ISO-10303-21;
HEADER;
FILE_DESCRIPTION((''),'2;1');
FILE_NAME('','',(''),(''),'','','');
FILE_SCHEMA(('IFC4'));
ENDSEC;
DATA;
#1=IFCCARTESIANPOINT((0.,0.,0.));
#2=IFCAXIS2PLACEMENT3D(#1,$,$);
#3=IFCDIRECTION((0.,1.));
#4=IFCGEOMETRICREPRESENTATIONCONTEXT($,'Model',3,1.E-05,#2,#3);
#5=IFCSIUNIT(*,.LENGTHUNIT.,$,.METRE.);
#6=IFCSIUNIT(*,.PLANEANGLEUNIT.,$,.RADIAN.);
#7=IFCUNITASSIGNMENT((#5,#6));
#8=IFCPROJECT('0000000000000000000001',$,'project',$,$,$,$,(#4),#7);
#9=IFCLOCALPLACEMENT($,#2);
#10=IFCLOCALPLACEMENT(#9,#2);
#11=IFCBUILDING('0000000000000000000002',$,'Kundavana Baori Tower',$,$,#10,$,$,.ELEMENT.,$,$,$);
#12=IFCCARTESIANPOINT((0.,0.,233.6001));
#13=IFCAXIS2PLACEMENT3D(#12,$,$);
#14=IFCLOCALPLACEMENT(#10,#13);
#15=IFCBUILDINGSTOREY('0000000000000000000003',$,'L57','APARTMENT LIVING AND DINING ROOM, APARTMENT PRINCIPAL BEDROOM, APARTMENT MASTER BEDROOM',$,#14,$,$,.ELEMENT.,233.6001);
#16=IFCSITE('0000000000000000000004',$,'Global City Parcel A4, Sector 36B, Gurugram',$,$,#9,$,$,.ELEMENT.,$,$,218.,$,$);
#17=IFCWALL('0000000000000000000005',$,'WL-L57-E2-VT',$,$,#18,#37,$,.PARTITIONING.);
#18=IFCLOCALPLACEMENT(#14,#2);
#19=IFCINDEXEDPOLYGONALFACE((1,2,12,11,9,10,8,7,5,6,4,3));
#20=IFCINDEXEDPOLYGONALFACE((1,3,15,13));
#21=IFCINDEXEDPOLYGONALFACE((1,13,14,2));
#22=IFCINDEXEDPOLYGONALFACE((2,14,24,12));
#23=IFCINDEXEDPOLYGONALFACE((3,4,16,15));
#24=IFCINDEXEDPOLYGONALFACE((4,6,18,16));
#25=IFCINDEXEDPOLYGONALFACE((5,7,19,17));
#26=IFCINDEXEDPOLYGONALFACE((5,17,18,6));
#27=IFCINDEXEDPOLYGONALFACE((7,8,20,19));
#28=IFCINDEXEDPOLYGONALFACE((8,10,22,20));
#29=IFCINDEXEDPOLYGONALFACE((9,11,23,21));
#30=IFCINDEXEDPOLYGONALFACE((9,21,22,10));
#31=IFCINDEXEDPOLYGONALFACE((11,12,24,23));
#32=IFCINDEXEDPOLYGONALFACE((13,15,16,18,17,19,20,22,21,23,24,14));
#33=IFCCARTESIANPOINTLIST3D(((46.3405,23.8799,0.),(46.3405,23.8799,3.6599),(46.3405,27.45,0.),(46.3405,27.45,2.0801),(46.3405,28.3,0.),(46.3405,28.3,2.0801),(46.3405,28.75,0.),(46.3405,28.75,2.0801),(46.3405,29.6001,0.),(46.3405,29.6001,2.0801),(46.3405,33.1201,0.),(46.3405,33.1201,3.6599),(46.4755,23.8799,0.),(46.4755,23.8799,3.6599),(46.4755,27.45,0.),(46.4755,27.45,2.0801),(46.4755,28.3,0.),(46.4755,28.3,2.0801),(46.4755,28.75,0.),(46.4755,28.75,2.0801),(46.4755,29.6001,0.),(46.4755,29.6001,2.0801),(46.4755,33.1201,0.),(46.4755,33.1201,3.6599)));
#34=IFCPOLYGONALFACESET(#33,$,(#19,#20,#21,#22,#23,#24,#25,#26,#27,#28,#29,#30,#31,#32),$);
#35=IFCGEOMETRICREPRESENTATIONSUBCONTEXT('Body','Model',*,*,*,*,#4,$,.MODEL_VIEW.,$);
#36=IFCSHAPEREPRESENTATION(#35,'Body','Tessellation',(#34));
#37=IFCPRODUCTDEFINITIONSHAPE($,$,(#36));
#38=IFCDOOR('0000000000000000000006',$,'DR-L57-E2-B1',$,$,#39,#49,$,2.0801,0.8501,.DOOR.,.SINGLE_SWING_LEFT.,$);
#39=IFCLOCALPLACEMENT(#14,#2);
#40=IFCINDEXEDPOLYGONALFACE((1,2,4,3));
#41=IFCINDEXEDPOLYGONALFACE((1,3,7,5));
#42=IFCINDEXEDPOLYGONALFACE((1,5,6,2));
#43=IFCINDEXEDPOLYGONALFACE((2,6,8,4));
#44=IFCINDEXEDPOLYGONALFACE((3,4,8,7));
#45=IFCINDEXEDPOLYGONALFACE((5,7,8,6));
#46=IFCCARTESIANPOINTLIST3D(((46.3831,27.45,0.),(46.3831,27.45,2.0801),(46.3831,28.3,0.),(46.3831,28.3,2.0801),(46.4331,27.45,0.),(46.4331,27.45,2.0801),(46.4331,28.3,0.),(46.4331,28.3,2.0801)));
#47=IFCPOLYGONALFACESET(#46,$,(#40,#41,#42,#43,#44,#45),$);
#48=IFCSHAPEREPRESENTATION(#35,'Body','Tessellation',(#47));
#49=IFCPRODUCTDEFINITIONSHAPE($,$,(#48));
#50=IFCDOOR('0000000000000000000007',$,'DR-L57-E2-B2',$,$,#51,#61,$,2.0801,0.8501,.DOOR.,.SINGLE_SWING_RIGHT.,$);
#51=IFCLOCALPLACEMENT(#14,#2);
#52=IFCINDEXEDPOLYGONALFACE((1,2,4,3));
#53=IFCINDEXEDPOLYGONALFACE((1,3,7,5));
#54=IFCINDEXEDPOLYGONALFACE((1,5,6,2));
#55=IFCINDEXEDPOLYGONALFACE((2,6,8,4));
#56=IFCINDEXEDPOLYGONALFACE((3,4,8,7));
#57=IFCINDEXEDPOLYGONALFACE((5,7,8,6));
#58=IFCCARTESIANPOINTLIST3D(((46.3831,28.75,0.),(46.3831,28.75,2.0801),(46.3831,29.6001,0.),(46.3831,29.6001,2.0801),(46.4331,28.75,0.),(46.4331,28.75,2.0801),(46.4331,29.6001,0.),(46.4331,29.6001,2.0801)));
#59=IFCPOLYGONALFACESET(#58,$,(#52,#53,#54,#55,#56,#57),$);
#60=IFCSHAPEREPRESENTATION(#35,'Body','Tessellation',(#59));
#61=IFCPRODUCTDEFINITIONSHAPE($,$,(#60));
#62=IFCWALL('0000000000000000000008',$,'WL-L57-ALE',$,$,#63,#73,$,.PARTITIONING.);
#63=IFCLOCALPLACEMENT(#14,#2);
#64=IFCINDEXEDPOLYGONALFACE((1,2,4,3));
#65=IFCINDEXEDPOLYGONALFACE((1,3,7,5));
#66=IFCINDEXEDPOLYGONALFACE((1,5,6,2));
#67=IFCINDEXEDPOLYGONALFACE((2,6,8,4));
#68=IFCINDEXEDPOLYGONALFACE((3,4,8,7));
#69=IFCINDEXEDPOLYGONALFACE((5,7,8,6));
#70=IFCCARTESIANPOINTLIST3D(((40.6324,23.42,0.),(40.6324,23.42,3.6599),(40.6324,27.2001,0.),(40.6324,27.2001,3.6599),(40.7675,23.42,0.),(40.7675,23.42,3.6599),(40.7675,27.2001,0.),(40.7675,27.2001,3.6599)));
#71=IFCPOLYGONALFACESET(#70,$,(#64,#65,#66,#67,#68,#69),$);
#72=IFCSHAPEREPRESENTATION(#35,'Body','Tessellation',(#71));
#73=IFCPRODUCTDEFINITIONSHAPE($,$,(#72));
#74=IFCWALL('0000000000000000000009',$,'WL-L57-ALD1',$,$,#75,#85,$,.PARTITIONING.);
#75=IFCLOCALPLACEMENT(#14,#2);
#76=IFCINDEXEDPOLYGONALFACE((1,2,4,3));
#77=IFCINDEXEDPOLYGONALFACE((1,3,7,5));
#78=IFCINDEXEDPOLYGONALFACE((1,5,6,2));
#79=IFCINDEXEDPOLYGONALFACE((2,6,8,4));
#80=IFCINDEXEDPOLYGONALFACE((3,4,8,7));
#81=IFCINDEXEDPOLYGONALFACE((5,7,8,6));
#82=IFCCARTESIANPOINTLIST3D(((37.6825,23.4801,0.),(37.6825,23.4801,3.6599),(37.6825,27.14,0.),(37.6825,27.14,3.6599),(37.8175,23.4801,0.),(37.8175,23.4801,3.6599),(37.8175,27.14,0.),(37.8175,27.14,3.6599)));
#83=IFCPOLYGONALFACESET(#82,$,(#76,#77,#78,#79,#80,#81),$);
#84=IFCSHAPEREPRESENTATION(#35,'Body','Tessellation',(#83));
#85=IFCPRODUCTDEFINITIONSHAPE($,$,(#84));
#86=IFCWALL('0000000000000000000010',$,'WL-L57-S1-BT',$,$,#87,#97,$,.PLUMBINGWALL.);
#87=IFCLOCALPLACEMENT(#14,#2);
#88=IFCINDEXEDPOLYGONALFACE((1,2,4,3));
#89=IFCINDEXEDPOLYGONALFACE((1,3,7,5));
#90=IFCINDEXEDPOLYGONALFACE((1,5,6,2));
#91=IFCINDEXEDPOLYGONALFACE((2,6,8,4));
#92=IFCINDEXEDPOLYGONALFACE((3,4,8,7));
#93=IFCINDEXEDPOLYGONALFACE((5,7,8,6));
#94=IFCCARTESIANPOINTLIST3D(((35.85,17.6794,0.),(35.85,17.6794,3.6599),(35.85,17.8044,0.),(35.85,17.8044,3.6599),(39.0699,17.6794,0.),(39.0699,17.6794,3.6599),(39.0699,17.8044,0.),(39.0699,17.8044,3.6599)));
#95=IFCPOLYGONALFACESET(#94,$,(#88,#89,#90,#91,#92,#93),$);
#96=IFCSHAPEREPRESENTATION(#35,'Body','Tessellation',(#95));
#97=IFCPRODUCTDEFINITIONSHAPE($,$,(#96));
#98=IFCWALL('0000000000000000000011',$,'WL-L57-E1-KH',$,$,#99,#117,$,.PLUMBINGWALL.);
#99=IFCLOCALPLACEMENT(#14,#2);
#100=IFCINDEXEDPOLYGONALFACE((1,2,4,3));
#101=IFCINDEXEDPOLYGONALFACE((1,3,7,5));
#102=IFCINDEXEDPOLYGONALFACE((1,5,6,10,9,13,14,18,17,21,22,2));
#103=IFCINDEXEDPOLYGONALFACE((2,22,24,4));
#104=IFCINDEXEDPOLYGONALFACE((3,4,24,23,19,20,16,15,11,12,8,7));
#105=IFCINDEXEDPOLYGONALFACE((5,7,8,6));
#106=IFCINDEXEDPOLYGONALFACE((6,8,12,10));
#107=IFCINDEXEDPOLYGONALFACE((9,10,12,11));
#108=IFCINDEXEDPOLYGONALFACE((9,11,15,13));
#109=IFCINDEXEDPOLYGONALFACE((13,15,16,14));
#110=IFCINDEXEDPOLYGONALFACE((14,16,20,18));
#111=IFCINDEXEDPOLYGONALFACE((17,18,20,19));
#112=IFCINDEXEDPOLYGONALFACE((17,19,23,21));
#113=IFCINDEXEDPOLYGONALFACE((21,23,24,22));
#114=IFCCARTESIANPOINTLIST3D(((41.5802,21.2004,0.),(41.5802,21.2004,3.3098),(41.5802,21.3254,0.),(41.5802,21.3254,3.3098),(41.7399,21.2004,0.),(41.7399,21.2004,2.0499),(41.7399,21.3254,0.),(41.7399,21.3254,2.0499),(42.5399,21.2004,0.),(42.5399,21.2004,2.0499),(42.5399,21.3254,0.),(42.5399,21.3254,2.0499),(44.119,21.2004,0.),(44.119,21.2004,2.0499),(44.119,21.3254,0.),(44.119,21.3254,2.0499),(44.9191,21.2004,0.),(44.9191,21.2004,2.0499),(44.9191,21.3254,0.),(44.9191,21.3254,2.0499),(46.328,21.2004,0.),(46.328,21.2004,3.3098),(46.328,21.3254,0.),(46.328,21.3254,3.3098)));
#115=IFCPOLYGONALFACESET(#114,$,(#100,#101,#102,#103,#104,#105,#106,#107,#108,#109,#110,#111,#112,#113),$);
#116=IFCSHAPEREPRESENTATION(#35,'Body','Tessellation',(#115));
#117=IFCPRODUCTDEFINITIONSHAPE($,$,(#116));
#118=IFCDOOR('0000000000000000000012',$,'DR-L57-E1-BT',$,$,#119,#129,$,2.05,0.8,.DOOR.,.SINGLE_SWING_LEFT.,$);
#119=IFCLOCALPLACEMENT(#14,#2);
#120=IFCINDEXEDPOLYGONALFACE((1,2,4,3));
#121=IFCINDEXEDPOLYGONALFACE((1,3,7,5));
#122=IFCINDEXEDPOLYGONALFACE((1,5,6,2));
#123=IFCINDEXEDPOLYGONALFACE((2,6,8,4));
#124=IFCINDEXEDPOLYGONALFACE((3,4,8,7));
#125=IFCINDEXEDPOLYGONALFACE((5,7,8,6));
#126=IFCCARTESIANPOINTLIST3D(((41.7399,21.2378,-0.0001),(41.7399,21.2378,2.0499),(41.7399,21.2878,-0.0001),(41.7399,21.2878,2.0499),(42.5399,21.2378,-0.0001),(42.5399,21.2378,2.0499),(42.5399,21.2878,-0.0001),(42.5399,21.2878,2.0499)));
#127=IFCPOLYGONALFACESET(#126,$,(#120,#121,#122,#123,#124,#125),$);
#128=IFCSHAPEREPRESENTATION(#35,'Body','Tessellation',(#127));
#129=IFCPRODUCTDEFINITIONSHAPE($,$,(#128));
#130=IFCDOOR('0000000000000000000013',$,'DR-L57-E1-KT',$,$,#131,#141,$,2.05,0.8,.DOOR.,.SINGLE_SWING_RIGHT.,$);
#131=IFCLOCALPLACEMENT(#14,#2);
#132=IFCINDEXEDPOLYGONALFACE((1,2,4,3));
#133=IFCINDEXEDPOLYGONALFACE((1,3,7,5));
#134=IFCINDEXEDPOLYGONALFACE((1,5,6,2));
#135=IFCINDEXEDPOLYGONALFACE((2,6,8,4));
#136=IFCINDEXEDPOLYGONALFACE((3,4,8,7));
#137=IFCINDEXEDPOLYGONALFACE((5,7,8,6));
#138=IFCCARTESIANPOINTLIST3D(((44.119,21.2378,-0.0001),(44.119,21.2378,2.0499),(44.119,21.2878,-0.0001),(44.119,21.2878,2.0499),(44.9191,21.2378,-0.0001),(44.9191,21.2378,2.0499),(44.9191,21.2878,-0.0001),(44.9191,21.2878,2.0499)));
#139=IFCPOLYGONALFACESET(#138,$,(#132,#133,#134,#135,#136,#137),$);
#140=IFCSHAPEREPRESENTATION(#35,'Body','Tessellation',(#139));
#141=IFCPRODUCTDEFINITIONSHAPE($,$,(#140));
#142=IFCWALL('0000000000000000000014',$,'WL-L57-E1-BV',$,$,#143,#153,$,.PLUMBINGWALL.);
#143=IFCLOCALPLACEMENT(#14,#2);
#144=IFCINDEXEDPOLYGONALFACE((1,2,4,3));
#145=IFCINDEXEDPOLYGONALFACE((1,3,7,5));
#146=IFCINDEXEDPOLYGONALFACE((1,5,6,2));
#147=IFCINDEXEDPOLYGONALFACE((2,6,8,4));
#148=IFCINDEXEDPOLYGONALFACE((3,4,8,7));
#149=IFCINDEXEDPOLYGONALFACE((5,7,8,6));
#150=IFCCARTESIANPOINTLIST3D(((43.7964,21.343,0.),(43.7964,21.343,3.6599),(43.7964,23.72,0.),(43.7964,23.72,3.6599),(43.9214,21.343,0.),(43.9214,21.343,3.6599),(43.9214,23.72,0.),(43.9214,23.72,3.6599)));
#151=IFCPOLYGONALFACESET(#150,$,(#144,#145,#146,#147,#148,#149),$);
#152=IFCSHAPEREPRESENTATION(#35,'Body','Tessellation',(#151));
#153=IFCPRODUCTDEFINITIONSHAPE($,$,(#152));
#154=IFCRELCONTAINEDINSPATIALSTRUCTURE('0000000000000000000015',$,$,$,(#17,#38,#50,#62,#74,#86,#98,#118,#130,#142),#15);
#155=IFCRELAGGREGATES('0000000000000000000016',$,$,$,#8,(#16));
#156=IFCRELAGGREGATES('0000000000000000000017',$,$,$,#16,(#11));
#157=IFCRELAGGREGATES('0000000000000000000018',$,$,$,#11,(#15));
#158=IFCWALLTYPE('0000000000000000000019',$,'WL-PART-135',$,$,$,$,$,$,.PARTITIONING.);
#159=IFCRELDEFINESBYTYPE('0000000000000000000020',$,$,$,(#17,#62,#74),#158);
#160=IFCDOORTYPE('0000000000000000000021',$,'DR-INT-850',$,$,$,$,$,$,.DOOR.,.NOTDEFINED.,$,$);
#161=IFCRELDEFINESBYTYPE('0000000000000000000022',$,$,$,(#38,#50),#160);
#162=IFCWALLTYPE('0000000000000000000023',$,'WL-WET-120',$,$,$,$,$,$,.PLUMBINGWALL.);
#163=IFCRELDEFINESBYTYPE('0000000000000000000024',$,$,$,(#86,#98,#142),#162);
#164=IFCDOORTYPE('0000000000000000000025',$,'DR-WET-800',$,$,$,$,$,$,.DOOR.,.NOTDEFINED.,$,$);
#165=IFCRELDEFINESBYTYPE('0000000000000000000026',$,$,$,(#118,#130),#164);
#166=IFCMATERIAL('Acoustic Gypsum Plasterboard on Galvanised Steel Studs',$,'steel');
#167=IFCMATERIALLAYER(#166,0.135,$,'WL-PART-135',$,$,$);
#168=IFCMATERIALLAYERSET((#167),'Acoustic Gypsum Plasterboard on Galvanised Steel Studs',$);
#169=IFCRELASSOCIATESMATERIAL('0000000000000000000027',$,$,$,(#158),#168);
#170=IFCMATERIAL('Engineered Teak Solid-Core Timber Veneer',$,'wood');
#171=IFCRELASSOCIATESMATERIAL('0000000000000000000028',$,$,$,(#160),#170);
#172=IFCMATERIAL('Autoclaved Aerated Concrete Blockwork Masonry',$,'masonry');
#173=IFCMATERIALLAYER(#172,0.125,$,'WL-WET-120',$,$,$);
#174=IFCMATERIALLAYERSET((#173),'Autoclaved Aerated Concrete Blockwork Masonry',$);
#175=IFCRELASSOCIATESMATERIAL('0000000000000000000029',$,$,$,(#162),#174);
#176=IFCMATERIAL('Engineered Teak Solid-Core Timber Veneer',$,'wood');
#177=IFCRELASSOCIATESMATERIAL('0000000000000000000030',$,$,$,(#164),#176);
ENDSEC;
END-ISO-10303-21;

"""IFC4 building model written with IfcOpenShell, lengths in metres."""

from ifc_helpers import new_model, si_unit, direction, frame, frame_2d, origin, place, context, subcontext, project, spatial, rectangle, extrude, material, layer, layer_set, type_object, element, fill, save


model = new_model("IFC4")

# Units and contexts
model_context = context("Model", 3, precision=1e-05, world=origin(), true_north=direction((0.0, 1.0)))
body_context = subcontext(model_context, "Body", "Model", "MODEL_VIEW")
ifc_project = project(units=[si_unit("LENGTHUNIT", "METRE"), si_unit("PLANEANGLEUNIT", "RADIAN")], contexts=[model_context])

# Site, building, storey
site_placement = place(None, origin())
site = spatial("IfcSite", under=ifc_project, at=site_placement, Name="Global City Parcel A4, Sector 36B, Gurugram", CompositionType="ELEMENT", RefElevation=218.0)
building_placement = place(site_placement, origin())
building = spatial("IfcBuilding", under=site, at=building_placement, Name="Kundavana Baori Tower", CompositionType="ELEMENT")
storey_placement = place(building_placement, frame((0.0, 0.0, 233.6001)))
storey = spatial("IfcBuildingStorey", under=building, at=storey_placement, Name="L57", Description="APARTMENT LIVING AND DINING ROOM, APARTMENT PRINCIPAL BEDROOM, APARTMENT MASTER BEDROOM", CompositionType="ELEMENT", Elevation=233.6001)

# Shared definitions
ifc_material_1 = material(Name="Acoustic Gypsum Plasterboard on Galvanised Steel Studs", Category="steel")
ifc_layer_1 = layer(ifc_material_1, 0.135, Name="WL-PART-135")
ifc_layer_set_1 = layer_set([ifc_layer_1], Name="Acoustic Gypsum Plasterboard on Galvanised Steel Studs")
wall_type_1 = type_object("IfcWallType", Name="WL-PART-135", PredefinedType="PARTITIONING", material=ifc_layer_set_1)

# Shared definitions
ifc_material_2 = material(Name="Engineered Teak Solid-Core Timber Veneer", Category="wood")
door_type_1 = type_object("IfcDoorType", Name="DR-INT-850", OperationType="NOTDEFINED", PredefinedType="DOOR", material=ifc_material_2)

# Wall, openings, doors
wall_1_placement = place(storey_placement, frame((46.408, 23.8799, 0.0), z_axis=(0.0, 0.0, 1.0), x_axis=(0.0, 1.0, 0.0)))
wall_1 = element("IfcWall", 1, at=wall_1_placement, inside=storey, type_object=wall_type_1, Name="WL-L57-E2-VT", PredefinedType="PARTITIONING", context=body_context, shape_type="SweptSolid", body=[
    extrude(rectangle(XDim=9.2402, YDim=0.135, at=frame_2d((4.6201, 0.0))), origin(), (0.0, 0.0, 1.0), 3.6599),
])
opening_1_placement = place(wall_1_placement, frame((3.5701, 0.0, 0.0)))
opening_1 = element("IfcOpeningElement", 2, at=opening_1_placement, cuts=wall_1, PredefinedType="OPENING", context=body_context, shape_type="SweptSolid", body=[
    extrude(rectangle(XDim=0.8501, YDim=2.0801, at=frame_2d((0.425, 1.04))), frame((0.0, 0.0776, 0.0), z_axis=(0.0, -1.0, 0.0), x_axis=(1.0, 0.0, 0.0)), (0.0, 0.0, 1.0), 0.155),
])
opening_2_placement = place(wall_1_placement, frame((4.8701, 0.0, 0.0)))
opening_2 = element("IfcOpeningElement", 3, at=opening_2_placement, cuts=wall_1, PredefinedType="OPENING", context=body_context, shape_type="SweptSolid", body=[
    extrude(rectangle(XDim=0.8501, YDim=2.0801, at=frame_2d((0.425, 1.04))), frame((0.0, 0.0776, 0.0), z_axis=(0.0, -1.0, 0.0), x_axis=(1.0, 0.0, 0.0)), (0.0, 0.0, 1.0), 0.155),
])
door_1_placement = place(opening_1_placement, origin())
door_1 = element("IfcDoor", 4, at=door_1_placement, inside=storey, type_object=door_type_1, Name="DR-L57-E2-B1", OperationType="SINGLE_SWING_LEFT", OverallHeight=2.0801, OverallWidth=0.8501, PredefinedType="DOOR", context=body_context, shape_type="SweptSolid", body=[
    extrude(rectangle(XDim=0.8501, YDim=2.0801, at=frame_2d((0.425, 1.04))), frame((0.0, 0.0249, 0.0), z_axis=(0.0, -1.0, 0.0), x_axis=(1.0, 0.0, 0.0)), (0.0, 0.0, 1.0), 0.05),
])
fill(opening_1, door_1)
door_2_placement = place(opening_2_placement, origin())
door_2 = element("IfcDoor", 5, at=door_2_placement, inside=storey, type_object=door_type_1, Name="DR-L57-E2-B2", OperationType="SINGLE_SWING_RIGHT", OverallHeight=2.0801, OverallWidth=0.8501, PredefinedType="DOOR", context=body_context, shape_type="SweptSolid", body=[
    extrude(rectangle(XDim=0.8501, YDim=2.0801, at=frame_2d((0.425, 1.04))), frame((0.0, 0.0249, 0.0), z_axis=(0.0, -1.0, 0.0), x_axis=(1.0, 0.0, 0.0)), (0.0, 0.0, 1.0), 0.05),
])
fill(opening_2, door_2)

# Walls
wall_2_placement = place(storey_placement, frame((40.7, 23.4199, 0.0), z_axis=(0.0, 0.0, 1.0), x_axis=(0.0, 1.0, 0.0)))
element("IfcWall", 6, at=wall_2_placement, inside=storey, type_object=wall_type_1, Name="WL-L57-ALE", PredefinedType="PARTITIONING", context=body_context, shape_type="SweptSolid", body=[
    extrude(rectangle(XDim=3.78, YDim=0.135, at=frame_2d((1.8901, 0.0))), origin(), (0.0, 0.0, 1.0), 3.6599),
])
wall_3_placement = place(storey_placement, frame((37.75, 23.48, 0.0), z_axis=(0.0, 0.0, 1.0), x_axis=(0.0, 1.0, 0.0)))
element("IfcWall", 7, at=wall_3_placement, inside=storey, type_object=wall_type_1, Name="WL-L57-ALD1", PredefinedType="PARTITIONING", context=body_context, shape_type="SweptSolid", body=[
    extrude(rectangle(XDim=3.6599, YDim=0.135, at=frame_2d((1.8301, 0.0))), origin(), (0.0, 0.0, 1.0), 3.6599),
])
ifc_material_3 = material(Name="Autoclaved Aerated Concrete Blockwork Masonry", Category="masonry")
ifc_layer_2 = layer(ifc_material_3, 0.125, Name="WL-WET-120")
ifc_layer_set_2 = layer_set([ifc_layer_2], Name="Autoclaved Aerated Concrete Blockwork Masonry")
wall_type_2 = type_object("IfcWallType", Name="WL-WET-120", PredefinedType="PLUMBINGWALL", material=ifc_layer_set_2)
wall_4_placement = place(storey_placement, frame((35.8501, 17.7419, 0.0), z_axis=(0.0, 0.0, 1.0), x_axis=(1.0, 0.0, 0.0)))
element("IfcWall", 8, at=wall_4_placement, inside=storey, type_object=wall_type_2, Name="WL-L57-S1-BT", PredefinedType="PLUMBINGWALL", context=body_context, shape_type="SweptSolid", body=[
    extrude(rectangle(XDim=3.22, YDim=0.125, at=frame_2d((1.6099, 0.0))), origin(), (0.0, 0.0, 1.0), 3.6599),
])

# Wall, openings, doors
wall_5_placement = place(storey_placement, frame((41.5801, 21.2629, 0.0), z_axis=(0.0, 0.0, 1.0), x_axis=(1.0, 0.0, 0.0)))
wall_5 = element("IfcWall", 9, at=wall_5_placement, inside=storey, type_object=wall_type_2, Name="WL-L57-E1-KH", PredefinedType="PLUMBINGWALL", context=body_context, shape_type="SweptSolid", body=[
    extrude(rectangle(XDim=4.7478, YDim=0.125, at=frame_2d((2.374, 0.0))), origin(), (0.0, 0.0, 1.0), 3.3098),
])
opening_3_placement = place(wall_5_placement, frame((0.1599, 0.0, 0.0)))
opening_3 = element("IfcOpeningElement", 10, at=opening_3_placement, cuts=wall_5, PredefinedType="OPENING", context=body_context, shape_type="SweptSolid", body=[
    extrude(rectangle(XDim=0.8, YDim=2.05, at=frame_2d((0.3999, 1.0249))), frame((0.0, 0.0725, 0.0), z_axis=(0.0, -1.0, 0.0), x_axis=(1.0, 0.0, 0.0)), (0.0, 0.0, 1.0), 0.145),
])
opening_4_placement = place(wall_5_placement, frame((2.5391, 0.0, 0.0)))
opening_4 = element("IfcOpeningElement", 11, at=opening_4_placement, cuts=wall_5, PredefinedType="OPENING", context=body_context, shape_type="SweptSolid", body=[
    extrude(rectangle(XDim=0.8, YDim=2.05, at=frame_2d((0.3999, 1.0249))), frame((0.0, 0.0725, 0.0), z_axis=(0.0, -1.0, 0.0), x_axis=(1.0, 0.0, 0.0)), (0.0, 0.0, 1.0), 0.145),
])
ifc_material_4 = material(Name="Engineered Teak Solid-Core Timber Veneer", Category="wood")
door_type_2 = type_object("IfcDoorType", Name="DR-WET-800", OperationType="NOTDEFINED", PredefinedType="DOOR", material=ifc_material_4)
door_3_placement = place(opening_3_placement, origin())
door_3 = element("IfcDoor", 12, at=door_3_placement, inside=storey, type_object=door_type_2, Name="DR-L57-E1-BT", OperationType="SINGLE_SWING_LEFT", OverallHeight=2.05, OverallWidth=0.8, PredefinedType="DOOR", context=body_context, shape_type="SweptSolid", body=[
    extrude(rectangle(XDim=0.8, YDim=2.05, at=frame_2d((0.3999, 1.0249))), frame((0.0, 0.0249, 0.0), z_axis=(0.0, -1.0, 0.0), x_axis=(1.0, 0.0, 0.0)), (0.0, 0.0, 1.0), 0.05),
])
fill(opening_3, door_3)
door_4_placement = place(opening_4_placement, origin())
door_4 = element("IfcDoor", 13, at=door_4_placement, inside=storey, type_object=door_type_2, Name="DR-L57-E1-KT", OperationType="SINGLE_SWING_RIGHT", OverallHeight=2.05, OverallWidth=0.8, PredefinedType="DOOR", context=body_context, shape_type="SweptSolid", body=[
    extrude(rectangle(XDim=0.8, YDim=2.05, at=frame_2d((0.3999, 1.0249))), frame((0.0, 0.0249, 0.0), z_axis=(0.0, -1.0, 0.0), x_axis=(1.0, 0.0, 0.0)), (0.0, 0.0, 1.0), 0.05),
])
fill(opening_4, door_4)

# Wall
wall_6_placement = place(storey_placement, frame((43.8589, 21.343, 0.0), z_axis=(0.0, 0.0, 1.0), x_axis=(0.0, 1.0, 0.0)))
element("IfcWall", 14, at=wall_6_placement, inside=storey, type_object=wall_type_2, Name="WL-L57-E1-BV", PredefinedType="PLUMBINGWALL", context=body_context, shape_type="SweptSolid", body=[
    extrude(rectangle(XDim=2.377, YDim=0.125, at=frame_2d((1.1885, 0.0))), origin(), (0.0, 0.0, 1.0), 3.6599),
])

save(model, "model.ifc")
